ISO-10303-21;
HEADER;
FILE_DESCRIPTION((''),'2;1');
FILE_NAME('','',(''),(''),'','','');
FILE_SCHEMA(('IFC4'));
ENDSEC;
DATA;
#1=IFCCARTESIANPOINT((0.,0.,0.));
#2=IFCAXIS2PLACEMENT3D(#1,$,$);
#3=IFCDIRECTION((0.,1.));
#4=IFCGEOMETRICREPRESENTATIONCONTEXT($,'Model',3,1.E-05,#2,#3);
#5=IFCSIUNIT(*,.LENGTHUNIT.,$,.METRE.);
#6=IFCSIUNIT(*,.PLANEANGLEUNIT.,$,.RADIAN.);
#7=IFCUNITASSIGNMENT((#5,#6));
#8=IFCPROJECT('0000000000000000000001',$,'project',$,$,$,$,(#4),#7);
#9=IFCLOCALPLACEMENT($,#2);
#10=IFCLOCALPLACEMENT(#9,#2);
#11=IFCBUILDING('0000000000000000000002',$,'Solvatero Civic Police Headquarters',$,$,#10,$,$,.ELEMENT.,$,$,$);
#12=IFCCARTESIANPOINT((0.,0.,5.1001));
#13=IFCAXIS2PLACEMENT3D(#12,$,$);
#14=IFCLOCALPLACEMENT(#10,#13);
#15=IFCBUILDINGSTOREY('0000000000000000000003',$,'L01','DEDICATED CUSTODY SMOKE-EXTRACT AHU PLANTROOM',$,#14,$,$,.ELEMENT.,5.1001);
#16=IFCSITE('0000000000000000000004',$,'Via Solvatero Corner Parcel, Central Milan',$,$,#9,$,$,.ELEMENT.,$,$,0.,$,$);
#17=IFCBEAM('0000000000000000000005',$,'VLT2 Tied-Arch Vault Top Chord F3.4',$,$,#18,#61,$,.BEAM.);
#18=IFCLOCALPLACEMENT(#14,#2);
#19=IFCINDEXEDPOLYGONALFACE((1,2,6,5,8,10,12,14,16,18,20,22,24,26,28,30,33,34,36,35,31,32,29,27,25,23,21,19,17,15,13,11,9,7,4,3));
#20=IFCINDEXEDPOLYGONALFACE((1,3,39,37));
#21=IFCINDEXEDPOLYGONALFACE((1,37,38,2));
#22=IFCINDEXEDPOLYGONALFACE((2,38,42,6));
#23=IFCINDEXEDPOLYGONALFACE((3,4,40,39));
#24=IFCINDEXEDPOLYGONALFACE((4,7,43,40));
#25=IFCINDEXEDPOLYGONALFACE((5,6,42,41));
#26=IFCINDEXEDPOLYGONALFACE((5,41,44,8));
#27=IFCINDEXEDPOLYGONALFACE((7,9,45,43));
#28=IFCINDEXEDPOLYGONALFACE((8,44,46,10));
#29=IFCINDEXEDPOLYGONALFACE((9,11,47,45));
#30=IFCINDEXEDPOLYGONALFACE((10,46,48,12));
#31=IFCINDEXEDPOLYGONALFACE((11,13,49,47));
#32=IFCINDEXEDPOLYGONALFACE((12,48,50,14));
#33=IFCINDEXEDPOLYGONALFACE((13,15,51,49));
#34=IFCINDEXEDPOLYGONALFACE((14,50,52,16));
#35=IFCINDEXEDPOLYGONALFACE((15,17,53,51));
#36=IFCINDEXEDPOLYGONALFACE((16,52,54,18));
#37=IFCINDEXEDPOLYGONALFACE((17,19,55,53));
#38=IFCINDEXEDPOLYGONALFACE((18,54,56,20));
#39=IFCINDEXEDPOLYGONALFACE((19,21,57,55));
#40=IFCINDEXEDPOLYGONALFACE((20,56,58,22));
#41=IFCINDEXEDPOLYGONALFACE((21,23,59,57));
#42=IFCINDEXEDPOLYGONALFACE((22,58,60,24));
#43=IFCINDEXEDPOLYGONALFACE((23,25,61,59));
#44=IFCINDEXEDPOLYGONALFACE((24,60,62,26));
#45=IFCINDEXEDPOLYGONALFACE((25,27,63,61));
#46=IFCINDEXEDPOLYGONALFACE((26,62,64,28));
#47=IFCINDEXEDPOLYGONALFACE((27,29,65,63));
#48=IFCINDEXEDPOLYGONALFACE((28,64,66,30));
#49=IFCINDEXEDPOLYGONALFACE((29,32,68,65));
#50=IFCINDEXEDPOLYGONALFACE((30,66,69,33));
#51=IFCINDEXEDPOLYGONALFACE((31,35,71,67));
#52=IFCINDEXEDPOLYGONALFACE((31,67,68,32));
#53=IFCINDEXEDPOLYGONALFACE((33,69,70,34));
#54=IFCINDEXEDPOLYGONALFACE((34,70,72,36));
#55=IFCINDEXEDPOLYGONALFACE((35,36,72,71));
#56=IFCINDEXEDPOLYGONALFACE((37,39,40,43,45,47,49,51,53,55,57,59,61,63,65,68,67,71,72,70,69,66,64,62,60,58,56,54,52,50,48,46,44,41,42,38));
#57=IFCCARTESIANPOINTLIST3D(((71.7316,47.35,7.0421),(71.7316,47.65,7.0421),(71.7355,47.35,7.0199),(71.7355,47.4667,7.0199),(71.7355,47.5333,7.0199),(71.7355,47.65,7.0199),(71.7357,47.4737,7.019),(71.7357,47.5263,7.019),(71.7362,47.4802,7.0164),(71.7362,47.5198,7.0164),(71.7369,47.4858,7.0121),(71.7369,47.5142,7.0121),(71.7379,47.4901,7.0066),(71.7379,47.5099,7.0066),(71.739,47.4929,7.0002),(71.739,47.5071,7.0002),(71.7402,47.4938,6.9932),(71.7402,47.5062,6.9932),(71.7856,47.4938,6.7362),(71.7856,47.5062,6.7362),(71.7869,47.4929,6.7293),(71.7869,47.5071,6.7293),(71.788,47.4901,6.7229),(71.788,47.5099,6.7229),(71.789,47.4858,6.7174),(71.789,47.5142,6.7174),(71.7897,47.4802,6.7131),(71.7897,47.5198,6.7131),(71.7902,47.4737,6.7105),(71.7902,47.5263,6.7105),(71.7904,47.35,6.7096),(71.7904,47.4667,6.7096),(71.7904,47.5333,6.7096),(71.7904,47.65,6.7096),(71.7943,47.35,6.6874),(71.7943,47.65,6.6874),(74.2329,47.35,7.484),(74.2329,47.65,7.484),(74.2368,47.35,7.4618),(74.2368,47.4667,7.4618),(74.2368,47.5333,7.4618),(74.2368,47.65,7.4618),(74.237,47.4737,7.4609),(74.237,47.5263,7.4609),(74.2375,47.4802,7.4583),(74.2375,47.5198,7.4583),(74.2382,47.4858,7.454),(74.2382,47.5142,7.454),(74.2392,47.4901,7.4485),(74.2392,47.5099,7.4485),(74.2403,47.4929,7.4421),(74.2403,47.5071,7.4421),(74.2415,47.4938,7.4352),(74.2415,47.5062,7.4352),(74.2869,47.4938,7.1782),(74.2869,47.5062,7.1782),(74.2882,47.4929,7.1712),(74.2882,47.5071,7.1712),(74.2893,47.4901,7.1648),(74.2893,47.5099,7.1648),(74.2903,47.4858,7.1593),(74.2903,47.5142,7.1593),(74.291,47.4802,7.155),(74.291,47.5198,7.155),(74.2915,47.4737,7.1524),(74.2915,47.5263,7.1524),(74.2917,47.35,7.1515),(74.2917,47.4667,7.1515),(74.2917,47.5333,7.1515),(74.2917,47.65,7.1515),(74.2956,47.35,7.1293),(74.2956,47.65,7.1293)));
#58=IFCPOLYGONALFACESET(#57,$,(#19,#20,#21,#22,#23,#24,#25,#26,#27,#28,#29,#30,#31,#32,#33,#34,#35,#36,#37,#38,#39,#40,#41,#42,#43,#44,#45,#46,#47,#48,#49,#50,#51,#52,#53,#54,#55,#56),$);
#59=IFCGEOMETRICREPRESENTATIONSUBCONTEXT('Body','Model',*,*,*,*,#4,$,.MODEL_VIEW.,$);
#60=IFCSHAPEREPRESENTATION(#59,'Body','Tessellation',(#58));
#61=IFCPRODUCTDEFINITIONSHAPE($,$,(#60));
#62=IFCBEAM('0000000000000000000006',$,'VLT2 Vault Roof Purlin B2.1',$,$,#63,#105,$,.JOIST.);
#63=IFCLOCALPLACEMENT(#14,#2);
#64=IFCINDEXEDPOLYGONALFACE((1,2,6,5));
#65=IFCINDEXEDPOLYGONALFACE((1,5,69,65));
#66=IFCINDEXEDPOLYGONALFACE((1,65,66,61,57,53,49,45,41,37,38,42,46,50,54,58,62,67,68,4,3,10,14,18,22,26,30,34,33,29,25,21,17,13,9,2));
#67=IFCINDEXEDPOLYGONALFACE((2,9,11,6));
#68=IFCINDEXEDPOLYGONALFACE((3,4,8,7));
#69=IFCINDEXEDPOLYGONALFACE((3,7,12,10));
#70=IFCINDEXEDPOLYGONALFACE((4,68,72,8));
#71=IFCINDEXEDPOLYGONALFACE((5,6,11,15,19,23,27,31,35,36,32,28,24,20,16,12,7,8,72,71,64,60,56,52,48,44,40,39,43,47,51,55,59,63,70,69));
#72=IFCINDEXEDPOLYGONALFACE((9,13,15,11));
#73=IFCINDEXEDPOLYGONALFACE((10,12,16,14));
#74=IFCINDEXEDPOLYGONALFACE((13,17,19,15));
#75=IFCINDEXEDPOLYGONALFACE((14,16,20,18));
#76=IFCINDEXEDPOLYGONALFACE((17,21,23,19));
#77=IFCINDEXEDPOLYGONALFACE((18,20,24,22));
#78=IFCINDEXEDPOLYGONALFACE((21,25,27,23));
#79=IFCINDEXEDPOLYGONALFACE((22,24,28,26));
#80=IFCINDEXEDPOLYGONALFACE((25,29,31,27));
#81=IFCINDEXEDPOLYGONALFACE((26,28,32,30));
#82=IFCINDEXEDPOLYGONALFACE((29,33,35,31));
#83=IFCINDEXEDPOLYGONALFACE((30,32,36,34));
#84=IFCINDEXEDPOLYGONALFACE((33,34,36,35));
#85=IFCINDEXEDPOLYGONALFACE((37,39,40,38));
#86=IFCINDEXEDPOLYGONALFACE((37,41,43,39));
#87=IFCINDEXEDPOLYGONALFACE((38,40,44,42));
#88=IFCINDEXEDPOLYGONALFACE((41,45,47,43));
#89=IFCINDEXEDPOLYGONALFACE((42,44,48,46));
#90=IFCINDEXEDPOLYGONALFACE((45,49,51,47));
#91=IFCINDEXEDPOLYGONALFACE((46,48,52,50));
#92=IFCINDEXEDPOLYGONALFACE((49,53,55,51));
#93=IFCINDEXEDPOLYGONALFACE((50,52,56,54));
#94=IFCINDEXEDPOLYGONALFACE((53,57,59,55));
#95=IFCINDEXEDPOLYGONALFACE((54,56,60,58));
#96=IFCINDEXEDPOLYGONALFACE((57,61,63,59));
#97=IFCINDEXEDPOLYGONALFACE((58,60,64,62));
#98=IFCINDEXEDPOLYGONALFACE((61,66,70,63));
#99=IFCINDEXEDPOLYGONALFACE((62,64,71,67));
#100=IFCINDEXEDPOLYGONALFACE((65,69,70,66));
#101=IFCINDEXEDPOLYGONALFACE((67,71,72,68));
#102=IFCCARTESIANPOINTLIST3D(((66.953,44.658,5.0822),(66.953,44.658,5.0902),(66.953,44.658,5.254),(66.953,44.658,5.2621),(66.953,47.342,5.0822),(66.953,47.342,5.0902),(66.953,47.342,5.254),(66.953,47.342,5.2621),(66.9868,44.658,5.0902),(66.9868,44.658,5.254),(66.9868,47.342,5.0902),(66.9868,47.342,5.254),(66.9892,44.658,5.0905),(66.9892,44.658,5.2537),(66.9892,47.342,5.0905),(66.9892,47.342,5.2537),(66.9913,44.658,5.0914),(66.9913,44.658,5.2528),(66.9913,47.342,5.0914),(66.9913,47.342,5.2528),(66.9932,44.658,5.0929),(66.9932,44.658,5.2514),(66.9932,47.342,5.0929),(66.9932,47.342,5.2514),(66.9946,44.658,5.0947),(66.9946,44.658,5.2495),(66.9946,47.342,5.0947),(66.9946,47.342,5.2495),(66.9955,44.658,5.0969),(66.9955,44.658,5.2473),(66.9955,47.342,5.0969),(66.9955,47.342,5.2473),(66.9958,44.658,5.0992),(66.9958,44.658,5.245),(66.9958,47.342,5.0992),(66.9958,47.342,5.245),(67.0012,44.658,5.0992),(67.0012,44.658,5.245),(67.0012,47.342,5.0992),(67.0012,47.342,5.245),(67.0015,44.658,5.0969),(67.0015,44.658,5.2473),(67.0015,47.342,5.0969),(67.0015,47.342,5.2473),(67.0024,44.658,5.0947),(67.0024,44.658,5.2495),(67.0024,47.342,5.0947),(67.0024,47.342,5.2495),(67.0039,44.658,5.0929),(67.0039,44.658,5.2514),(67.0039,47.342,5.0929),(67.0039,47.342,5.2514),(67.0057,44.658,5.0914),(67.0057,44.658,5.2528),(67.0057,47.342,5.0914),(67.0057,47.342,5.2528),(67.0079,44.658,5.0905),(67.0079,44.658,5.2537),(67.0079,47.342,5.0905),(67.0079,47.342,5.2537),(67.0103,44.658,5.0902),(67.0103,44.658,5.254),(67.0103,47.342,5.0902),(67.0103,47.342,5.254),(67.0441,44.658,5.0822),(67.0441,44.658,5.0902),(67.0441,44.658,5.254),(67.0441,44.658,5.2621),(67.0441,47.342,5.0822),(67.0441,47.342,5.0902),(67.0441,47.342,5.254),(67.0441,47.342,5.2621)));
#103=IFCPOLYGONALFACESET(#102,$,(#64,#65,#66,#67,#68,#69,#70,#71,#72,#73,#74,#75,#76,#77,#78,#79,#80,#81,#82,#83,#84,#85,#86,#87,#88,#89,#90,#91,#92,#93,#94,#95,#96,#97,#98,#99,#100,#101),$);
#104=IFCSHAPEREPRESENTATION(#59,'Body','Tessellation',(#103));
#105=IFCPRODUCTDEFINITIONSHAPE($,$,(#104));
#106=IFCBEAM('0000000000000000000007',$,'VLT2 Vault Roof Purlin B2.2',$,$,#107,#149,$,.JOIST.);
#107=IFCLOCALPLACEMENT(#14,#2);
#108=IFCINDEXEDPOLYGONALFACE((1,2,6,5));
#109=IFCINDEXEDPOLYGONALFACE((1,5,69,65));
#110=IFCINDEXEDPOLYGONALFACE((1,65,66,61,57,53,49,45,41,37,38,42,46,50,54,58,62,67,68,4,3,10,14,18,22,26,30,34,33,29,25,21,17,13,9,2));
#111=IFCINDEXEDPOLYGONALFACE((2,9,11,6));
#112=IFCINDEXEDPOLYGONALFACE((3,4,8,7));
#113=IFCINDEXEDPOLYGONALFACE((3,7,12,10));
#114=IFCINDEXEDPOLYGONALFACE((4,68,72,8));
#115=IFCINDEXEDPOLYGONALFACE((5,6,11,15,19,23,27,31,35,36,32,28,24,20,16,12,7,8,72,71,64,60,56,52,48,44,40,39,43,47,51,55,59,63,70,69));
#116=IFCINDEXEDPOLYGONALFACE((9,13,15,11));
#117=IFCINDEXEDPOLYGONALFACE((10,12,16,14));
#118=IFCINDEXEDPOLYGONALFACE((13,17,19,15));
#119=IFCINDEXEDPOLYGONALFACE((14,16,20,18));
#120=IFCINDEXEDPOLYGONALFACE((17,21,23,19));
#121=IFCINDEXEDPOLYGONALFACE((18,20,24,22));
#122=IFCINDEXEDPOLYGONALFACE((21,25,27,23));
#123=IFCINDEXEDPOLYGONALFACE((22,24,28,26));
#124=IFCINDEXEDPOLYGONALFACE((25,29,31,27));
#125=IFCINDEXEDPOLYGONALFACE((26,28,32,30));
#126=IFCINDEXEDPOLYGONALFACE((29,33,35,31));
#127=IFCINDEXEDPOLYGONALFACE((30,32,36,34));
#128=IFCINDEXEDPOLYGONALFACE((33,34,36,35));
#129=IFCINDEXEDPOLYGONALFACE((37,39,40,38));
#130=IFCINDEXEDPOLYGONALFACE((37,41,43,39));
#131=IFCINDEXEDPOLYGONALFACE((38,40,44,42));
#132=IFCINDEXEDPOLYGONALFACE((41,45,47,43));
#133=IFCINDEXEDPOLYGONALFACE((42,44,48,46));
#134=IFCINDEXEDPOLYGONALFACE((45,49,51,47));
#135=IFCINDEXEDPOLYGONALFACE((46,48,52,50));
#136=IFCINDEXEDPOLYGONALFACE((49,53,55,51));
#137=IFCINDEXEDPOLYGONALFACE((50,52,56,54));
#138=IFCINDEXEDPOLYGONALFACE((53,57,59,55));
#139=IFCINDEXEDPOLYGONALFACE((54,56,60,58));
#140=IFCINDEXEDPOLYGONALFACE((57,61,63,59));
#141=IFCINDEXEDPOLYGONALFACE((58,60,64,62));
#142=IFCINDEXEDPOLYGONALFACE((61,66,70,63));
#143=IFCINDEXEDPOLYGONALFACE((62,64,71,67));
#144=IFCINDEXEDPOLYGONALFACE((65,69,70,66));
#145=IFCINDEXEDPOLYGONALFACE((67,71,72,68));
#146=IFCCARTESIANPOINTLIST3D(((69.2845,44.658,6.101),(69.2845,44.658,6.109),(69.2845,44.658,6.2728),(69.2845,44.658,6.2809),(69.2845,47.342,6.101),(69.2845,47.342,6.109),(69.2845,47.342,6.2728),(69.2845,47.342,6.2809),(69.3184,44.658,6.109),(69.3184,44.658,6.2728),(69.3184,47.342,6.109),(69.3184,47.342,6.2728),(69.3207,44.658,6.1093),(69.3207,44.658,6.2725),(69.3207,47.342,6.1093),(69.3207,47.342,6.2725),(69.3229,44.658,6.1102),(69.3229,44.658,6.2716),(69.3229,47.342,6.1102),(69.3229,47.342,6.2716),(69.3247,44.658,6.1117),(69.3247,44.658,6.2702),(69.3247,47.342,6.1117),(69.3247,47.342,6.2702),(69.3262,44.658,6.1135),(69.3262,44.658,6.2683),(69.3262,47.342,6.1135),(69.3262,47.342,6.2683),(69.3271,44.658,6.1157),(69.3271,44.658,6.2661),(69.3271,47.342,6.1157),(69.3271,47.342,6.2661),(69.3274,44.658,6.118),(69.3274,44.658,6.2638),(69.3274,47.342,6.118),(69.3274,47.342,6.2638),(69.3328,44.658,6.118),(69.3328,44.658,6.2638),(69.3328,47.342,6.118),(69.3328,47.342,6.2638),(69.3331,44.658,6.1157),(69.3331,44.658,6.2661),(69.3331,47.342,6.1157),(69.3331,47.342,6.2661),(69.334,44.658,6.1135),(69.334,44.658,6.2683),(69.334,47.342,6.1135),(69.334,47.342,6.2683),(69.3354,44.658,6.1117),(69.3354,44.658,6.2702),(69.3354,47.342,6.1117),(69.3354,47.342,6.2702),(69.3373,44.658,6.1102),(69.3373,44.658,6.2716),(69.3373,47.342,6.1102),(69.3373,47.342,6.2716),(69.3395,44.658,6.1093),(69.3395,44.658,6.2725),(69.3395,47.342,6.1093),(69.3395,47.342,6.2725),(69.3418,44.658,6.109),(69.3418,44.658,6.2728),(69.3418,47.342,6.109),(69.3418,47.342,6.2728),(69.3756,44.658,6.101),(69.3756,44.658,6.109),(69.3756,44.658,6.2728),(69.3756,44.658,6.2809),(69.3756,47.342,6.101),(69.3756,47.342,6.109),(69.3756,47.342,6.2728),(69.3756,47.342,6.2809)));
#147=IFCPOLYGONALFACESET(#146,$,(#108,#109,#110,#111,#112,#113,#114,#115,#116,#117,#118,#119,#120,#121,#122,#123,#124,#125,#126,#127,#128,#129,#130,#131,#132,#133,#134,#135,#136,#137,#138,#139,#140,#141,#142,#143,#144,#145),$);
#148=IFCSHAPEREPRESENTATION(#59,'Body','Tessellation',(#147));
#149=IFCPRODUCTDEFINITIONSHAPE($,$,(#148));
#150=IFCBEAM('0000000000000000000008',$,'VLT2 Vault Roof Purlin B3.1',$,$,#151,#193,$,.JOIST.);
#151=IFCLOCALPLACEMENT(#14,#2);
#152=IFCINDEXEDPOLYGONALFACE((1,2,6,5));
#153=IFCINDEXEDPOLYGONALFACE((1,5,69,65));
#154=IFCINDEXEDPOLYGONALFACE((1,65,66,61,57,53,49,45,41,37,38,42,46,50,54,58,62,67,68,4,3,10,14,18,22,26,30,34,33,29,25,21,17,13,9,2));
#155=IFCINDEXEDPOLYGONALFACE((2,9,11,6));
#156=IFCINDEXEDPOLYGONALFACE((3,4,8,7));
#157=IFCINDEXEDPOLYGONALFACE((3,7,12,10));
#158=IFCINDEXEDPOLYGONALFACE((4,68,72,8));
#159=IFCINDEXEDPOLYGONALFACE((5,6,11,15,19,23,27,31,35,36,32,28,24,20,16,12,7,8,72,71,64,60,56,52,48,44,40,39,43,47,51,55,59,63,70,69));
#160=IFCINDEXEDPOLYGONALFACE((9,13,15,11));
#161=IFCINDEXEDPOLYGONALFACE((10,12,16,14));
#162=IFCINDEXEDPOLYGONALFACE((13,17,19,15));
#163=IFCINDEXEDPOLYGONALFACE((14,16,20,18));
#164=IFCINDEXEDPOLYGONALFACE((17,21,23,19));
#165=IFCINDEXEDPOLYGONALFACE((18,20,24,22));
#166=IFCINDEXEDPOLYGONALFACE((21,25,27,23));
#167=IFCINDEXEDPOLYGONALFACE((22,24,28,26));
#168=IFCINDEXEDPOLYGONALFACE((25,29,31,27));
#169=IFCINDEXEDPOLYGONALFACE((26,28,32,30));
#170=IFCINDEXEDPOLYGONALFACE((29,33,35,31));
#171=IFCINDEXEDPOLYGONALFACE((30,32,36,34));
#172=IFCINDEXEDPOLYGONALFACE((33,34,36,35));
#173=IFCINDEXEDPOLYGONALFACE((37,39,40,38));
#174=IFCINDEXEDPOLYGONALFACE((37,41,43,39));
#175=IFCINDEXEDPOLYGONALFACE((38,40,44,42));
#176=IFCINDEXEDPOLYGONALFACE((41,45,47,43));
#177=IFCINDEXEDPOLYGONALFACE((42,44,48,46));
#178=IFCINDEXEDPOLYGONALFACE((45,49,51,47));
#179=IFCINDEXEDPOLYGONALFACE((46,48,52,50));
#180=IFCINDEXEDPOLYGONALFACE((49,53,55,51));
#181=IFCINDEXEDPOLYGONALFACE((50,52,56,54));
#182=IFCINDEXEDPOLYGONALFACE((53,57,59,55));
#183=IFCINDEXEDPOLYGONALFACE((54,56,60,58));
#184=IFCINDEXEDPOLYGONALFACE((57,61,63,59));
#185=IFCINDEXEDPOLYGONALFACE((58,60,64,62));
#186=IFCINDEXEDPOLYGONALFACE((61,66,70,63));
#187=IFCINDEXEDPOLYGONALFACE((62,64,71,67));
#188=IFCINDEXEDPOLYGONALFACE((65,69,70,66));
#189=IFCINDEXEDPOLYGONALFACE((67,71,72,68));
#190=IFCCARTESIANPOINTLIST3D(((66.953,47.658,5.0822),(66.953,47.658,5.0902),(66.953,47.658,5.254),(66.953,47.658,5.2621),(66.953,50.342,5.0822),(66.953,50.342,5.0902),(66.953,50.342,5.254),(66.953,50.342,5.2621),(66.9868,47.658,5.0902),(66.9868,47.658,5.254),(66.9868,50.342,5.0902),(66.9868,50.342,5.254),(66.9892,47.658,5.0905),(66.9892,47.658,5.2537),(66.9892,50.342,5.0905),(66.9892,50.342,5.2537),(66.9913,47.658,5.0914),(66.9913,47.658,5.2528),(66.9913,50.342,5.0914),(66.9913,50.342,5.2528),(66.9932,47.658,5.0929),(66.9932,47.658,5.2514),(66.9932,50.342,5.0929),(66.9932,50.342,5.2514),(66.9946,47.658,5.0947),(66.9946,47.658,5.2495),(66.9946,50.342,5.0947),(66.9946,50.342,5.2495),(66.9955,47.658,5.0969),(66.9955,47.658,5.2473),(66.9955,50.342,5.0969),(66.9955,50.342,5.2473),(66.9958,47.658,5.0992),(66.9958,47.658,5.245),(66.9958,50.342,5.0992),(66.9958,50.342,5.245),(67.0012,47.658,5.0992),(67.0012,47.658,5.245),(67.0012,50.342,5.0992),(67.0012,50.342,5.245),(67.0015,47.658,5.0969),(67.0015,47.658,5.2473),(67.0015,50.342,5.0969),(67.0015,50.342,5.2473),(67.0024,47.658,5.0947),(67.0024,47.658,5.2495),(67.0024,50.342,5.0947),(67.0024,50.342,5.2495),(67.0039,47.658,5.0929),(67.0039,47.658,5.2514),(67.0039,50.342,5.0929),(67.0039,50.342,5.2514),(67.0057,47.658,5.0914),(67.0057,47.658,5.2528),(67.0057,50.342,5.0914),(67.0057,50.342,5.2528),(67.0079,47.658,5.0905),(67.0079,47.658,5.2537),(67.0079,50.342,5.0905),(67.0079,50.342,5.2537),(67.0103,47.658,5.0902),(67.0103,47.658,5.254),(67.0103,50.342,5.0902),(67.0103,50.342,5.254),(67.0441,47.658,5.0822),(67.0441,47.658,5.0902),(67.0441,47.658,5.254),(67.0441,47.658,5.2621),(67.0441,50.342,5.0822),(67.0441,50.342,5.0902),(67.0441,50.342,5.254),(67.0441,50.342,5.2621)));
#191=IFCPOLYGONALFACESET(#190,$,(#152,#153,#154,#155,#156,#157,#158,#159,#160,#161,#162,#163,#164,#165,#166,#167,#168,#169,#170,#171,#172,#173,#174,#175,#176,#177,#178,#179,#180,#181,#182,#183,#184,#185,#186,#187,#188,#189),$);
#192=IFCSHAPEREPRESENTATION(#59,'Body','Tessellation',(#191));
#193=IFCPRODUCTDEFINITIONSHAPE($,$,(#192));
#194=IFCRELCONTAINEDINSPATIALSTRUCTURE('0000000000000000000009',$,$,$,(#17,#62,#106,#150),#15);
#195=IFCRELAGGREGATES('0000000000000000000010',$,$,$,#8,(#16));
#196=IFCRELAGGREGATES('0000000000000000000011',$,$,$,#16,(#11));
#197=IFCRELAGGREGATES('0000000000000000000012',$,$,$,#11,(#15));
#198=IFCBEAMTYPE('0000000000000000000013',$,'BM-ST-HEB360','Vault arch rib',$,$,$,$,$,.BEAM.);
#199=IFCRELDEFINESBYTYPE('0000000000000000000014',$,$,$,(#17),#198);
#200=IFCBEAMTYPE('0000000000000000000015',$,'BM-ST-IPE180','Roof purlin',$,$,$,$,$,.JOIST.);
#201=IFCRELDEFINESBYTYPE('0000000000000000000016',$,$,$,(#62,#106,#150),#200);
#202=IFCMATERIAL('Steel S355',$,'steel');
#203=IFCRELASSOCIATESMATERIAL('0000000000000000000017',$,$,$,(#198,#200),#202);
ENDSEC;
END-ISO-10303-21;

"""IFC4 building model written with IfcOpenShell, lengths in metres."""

from ifc_helpers import new_model, si_unit, direction, frame, origin, origin_2d, place, context, subcontext, project, spatial, i_section, extrude, material, material_profile, profile_set, type_object, element, save


model = new_model("IFC4")

# Units and contexts
model_context = context("Model", 3, precision=1e-05, world=origin(), true_north=direction((0.0, 1.0)))
body_context = subcontext(model_context, "Body", "Model", "MODEL_VIEW")
ifc_project = project(units=[si_unit("LENGTHUNIT", "METRE"), si_unit("PLANEANGLEUNIT", "RADIAN")], contexts=[model_context])

# Site, building, storey
site_placement = place(None, origin())
site = spatial("IfcSite", under=ifc_project, at=site_placement, Name="Via Solvatero Corner Parcel, Central Milan", CompositionType="ELEMENT", RefElevation=0.0)
building_placement = place(site_placement, origin())
building = spatial("IfcBuilding", under=site, at=building_placement, Name="Solvatero Civic Police Headquarters", CompositionType="ELEMENT")
storey_placement = place(building_placement, frame((0.0, 0.0, 5.1001)))
storey = spatial("IfcBuildingStorey", under=building, at=storey_placement, Name="L01", Description="DEDICATED CUSTODY SMOKE-EXTRACT AHU PLANTROOM", CompositionType="ELEMENT", Elevation=5.1001)

# Beams
ifc_material_1 = material(Name="Steel S355", Category="steel")
ifc_material_profile_1 = material_profile(ifc_material_1, i_section(OverallWidth=0.3, OverallDepth=0.3601, WebThickness=0.0125, FlangeThickness=0.0225, FilletRadius=0.0271, at=origin_2d()), Name="HEB 360")
ifc_profile_set_1 = profile_set([ifc_material_profile_1], Name="Steel S355")
beam_type_1 = type_object("IfcBeamType", Name="BM-ST-HEB360", Description="Vault arch rib", PredefinedType="BEAM", material=ifc_profile_set_1)
for number, where, z_axis, x_axis, name in (
    (1, (71.7629, 47.5, 6.8647), (0.98475, 0.0, 0.173977), (0.0, 1.0, 0.0), "VLT2 Tied-Arch Vault Top Chord F3.4"),
):
    element("IfcBeam", number, at=place(storey_placement, frame(where, z_axis=z_axis, x_axis=x_axis)), inside=storey, type_object=beam_type_1, Name=name, PredefinedType="BEAM", context=body_context, shape_type="SweptSolid", body=[
        extrude(i_section(OverallWidth=0.3, OverallDepth=0.3601, WebThickness=0.0125, FlangeThickness=0.0225, FilletRadius=0.0271, at=origin_2d()), origin(), (0.0, 0.0, 1.0), 2.54),
    ])
ifc_material_profile_2 = material_profile(ifc_material_1, i_section(OverallWidth=0.0911, OverallDepth=0.1799, WebThickness=0.0054, FlangeThickness=0.0081, FilletRadius=0.009, at=origin_2d()), Name="IPE 180")
ifc_profile_set_2 = profile_set([ifc_material_profile_2], Name="Steel S355")
beam_type_2 = type_object("IfcBeamType", Name="BM-ST-IPE180", Description="Roof purlin", PredefinedType="JOIST", material=ifc_profile_set_2)
for number, where, z_axis, x_axis, name in (
    (2, (66.9985, 44.658, 5.1721), (0.0, 1.0, 0.0), (-1.0, 0.0, 0.0), "VLT2 Vault Roof Purlin B2.1"),
    (3, (69.3301, 44.658, 6.1909), (0.0, 1.0, 0.0), (-1.0, 0.0, 0.0), "VLT2 Vault Roof Purlin B2.2"),
    (4, (66.9985, 47.658, 5.1721), (0.0, 1.0, 0.0), (-1.0, 0.0, 0.0), "VLT2 Vault Roof Purlin B3.1"),
):
    element("IfcBeam", number, at=place(storey_placement, frame(where, z_axis=z_axis, x_axis=x_axis)), inside=storey, type_object=beam_type_2, Name=name, PredefinedType="JOIST", context=body_context, shape_type="SweptSolid", body=[
        extrude(i_section(OverallWidth=0.0911, OverallDepth=0.1799, WebThickness=0.0054, FlangeThickness=0.0081, FilletRadius=0.009, at=origin_2d()), origin(), (0.0, 0.0, 1.0), 2.6841),
    ])

save(model, "model.ifc")
